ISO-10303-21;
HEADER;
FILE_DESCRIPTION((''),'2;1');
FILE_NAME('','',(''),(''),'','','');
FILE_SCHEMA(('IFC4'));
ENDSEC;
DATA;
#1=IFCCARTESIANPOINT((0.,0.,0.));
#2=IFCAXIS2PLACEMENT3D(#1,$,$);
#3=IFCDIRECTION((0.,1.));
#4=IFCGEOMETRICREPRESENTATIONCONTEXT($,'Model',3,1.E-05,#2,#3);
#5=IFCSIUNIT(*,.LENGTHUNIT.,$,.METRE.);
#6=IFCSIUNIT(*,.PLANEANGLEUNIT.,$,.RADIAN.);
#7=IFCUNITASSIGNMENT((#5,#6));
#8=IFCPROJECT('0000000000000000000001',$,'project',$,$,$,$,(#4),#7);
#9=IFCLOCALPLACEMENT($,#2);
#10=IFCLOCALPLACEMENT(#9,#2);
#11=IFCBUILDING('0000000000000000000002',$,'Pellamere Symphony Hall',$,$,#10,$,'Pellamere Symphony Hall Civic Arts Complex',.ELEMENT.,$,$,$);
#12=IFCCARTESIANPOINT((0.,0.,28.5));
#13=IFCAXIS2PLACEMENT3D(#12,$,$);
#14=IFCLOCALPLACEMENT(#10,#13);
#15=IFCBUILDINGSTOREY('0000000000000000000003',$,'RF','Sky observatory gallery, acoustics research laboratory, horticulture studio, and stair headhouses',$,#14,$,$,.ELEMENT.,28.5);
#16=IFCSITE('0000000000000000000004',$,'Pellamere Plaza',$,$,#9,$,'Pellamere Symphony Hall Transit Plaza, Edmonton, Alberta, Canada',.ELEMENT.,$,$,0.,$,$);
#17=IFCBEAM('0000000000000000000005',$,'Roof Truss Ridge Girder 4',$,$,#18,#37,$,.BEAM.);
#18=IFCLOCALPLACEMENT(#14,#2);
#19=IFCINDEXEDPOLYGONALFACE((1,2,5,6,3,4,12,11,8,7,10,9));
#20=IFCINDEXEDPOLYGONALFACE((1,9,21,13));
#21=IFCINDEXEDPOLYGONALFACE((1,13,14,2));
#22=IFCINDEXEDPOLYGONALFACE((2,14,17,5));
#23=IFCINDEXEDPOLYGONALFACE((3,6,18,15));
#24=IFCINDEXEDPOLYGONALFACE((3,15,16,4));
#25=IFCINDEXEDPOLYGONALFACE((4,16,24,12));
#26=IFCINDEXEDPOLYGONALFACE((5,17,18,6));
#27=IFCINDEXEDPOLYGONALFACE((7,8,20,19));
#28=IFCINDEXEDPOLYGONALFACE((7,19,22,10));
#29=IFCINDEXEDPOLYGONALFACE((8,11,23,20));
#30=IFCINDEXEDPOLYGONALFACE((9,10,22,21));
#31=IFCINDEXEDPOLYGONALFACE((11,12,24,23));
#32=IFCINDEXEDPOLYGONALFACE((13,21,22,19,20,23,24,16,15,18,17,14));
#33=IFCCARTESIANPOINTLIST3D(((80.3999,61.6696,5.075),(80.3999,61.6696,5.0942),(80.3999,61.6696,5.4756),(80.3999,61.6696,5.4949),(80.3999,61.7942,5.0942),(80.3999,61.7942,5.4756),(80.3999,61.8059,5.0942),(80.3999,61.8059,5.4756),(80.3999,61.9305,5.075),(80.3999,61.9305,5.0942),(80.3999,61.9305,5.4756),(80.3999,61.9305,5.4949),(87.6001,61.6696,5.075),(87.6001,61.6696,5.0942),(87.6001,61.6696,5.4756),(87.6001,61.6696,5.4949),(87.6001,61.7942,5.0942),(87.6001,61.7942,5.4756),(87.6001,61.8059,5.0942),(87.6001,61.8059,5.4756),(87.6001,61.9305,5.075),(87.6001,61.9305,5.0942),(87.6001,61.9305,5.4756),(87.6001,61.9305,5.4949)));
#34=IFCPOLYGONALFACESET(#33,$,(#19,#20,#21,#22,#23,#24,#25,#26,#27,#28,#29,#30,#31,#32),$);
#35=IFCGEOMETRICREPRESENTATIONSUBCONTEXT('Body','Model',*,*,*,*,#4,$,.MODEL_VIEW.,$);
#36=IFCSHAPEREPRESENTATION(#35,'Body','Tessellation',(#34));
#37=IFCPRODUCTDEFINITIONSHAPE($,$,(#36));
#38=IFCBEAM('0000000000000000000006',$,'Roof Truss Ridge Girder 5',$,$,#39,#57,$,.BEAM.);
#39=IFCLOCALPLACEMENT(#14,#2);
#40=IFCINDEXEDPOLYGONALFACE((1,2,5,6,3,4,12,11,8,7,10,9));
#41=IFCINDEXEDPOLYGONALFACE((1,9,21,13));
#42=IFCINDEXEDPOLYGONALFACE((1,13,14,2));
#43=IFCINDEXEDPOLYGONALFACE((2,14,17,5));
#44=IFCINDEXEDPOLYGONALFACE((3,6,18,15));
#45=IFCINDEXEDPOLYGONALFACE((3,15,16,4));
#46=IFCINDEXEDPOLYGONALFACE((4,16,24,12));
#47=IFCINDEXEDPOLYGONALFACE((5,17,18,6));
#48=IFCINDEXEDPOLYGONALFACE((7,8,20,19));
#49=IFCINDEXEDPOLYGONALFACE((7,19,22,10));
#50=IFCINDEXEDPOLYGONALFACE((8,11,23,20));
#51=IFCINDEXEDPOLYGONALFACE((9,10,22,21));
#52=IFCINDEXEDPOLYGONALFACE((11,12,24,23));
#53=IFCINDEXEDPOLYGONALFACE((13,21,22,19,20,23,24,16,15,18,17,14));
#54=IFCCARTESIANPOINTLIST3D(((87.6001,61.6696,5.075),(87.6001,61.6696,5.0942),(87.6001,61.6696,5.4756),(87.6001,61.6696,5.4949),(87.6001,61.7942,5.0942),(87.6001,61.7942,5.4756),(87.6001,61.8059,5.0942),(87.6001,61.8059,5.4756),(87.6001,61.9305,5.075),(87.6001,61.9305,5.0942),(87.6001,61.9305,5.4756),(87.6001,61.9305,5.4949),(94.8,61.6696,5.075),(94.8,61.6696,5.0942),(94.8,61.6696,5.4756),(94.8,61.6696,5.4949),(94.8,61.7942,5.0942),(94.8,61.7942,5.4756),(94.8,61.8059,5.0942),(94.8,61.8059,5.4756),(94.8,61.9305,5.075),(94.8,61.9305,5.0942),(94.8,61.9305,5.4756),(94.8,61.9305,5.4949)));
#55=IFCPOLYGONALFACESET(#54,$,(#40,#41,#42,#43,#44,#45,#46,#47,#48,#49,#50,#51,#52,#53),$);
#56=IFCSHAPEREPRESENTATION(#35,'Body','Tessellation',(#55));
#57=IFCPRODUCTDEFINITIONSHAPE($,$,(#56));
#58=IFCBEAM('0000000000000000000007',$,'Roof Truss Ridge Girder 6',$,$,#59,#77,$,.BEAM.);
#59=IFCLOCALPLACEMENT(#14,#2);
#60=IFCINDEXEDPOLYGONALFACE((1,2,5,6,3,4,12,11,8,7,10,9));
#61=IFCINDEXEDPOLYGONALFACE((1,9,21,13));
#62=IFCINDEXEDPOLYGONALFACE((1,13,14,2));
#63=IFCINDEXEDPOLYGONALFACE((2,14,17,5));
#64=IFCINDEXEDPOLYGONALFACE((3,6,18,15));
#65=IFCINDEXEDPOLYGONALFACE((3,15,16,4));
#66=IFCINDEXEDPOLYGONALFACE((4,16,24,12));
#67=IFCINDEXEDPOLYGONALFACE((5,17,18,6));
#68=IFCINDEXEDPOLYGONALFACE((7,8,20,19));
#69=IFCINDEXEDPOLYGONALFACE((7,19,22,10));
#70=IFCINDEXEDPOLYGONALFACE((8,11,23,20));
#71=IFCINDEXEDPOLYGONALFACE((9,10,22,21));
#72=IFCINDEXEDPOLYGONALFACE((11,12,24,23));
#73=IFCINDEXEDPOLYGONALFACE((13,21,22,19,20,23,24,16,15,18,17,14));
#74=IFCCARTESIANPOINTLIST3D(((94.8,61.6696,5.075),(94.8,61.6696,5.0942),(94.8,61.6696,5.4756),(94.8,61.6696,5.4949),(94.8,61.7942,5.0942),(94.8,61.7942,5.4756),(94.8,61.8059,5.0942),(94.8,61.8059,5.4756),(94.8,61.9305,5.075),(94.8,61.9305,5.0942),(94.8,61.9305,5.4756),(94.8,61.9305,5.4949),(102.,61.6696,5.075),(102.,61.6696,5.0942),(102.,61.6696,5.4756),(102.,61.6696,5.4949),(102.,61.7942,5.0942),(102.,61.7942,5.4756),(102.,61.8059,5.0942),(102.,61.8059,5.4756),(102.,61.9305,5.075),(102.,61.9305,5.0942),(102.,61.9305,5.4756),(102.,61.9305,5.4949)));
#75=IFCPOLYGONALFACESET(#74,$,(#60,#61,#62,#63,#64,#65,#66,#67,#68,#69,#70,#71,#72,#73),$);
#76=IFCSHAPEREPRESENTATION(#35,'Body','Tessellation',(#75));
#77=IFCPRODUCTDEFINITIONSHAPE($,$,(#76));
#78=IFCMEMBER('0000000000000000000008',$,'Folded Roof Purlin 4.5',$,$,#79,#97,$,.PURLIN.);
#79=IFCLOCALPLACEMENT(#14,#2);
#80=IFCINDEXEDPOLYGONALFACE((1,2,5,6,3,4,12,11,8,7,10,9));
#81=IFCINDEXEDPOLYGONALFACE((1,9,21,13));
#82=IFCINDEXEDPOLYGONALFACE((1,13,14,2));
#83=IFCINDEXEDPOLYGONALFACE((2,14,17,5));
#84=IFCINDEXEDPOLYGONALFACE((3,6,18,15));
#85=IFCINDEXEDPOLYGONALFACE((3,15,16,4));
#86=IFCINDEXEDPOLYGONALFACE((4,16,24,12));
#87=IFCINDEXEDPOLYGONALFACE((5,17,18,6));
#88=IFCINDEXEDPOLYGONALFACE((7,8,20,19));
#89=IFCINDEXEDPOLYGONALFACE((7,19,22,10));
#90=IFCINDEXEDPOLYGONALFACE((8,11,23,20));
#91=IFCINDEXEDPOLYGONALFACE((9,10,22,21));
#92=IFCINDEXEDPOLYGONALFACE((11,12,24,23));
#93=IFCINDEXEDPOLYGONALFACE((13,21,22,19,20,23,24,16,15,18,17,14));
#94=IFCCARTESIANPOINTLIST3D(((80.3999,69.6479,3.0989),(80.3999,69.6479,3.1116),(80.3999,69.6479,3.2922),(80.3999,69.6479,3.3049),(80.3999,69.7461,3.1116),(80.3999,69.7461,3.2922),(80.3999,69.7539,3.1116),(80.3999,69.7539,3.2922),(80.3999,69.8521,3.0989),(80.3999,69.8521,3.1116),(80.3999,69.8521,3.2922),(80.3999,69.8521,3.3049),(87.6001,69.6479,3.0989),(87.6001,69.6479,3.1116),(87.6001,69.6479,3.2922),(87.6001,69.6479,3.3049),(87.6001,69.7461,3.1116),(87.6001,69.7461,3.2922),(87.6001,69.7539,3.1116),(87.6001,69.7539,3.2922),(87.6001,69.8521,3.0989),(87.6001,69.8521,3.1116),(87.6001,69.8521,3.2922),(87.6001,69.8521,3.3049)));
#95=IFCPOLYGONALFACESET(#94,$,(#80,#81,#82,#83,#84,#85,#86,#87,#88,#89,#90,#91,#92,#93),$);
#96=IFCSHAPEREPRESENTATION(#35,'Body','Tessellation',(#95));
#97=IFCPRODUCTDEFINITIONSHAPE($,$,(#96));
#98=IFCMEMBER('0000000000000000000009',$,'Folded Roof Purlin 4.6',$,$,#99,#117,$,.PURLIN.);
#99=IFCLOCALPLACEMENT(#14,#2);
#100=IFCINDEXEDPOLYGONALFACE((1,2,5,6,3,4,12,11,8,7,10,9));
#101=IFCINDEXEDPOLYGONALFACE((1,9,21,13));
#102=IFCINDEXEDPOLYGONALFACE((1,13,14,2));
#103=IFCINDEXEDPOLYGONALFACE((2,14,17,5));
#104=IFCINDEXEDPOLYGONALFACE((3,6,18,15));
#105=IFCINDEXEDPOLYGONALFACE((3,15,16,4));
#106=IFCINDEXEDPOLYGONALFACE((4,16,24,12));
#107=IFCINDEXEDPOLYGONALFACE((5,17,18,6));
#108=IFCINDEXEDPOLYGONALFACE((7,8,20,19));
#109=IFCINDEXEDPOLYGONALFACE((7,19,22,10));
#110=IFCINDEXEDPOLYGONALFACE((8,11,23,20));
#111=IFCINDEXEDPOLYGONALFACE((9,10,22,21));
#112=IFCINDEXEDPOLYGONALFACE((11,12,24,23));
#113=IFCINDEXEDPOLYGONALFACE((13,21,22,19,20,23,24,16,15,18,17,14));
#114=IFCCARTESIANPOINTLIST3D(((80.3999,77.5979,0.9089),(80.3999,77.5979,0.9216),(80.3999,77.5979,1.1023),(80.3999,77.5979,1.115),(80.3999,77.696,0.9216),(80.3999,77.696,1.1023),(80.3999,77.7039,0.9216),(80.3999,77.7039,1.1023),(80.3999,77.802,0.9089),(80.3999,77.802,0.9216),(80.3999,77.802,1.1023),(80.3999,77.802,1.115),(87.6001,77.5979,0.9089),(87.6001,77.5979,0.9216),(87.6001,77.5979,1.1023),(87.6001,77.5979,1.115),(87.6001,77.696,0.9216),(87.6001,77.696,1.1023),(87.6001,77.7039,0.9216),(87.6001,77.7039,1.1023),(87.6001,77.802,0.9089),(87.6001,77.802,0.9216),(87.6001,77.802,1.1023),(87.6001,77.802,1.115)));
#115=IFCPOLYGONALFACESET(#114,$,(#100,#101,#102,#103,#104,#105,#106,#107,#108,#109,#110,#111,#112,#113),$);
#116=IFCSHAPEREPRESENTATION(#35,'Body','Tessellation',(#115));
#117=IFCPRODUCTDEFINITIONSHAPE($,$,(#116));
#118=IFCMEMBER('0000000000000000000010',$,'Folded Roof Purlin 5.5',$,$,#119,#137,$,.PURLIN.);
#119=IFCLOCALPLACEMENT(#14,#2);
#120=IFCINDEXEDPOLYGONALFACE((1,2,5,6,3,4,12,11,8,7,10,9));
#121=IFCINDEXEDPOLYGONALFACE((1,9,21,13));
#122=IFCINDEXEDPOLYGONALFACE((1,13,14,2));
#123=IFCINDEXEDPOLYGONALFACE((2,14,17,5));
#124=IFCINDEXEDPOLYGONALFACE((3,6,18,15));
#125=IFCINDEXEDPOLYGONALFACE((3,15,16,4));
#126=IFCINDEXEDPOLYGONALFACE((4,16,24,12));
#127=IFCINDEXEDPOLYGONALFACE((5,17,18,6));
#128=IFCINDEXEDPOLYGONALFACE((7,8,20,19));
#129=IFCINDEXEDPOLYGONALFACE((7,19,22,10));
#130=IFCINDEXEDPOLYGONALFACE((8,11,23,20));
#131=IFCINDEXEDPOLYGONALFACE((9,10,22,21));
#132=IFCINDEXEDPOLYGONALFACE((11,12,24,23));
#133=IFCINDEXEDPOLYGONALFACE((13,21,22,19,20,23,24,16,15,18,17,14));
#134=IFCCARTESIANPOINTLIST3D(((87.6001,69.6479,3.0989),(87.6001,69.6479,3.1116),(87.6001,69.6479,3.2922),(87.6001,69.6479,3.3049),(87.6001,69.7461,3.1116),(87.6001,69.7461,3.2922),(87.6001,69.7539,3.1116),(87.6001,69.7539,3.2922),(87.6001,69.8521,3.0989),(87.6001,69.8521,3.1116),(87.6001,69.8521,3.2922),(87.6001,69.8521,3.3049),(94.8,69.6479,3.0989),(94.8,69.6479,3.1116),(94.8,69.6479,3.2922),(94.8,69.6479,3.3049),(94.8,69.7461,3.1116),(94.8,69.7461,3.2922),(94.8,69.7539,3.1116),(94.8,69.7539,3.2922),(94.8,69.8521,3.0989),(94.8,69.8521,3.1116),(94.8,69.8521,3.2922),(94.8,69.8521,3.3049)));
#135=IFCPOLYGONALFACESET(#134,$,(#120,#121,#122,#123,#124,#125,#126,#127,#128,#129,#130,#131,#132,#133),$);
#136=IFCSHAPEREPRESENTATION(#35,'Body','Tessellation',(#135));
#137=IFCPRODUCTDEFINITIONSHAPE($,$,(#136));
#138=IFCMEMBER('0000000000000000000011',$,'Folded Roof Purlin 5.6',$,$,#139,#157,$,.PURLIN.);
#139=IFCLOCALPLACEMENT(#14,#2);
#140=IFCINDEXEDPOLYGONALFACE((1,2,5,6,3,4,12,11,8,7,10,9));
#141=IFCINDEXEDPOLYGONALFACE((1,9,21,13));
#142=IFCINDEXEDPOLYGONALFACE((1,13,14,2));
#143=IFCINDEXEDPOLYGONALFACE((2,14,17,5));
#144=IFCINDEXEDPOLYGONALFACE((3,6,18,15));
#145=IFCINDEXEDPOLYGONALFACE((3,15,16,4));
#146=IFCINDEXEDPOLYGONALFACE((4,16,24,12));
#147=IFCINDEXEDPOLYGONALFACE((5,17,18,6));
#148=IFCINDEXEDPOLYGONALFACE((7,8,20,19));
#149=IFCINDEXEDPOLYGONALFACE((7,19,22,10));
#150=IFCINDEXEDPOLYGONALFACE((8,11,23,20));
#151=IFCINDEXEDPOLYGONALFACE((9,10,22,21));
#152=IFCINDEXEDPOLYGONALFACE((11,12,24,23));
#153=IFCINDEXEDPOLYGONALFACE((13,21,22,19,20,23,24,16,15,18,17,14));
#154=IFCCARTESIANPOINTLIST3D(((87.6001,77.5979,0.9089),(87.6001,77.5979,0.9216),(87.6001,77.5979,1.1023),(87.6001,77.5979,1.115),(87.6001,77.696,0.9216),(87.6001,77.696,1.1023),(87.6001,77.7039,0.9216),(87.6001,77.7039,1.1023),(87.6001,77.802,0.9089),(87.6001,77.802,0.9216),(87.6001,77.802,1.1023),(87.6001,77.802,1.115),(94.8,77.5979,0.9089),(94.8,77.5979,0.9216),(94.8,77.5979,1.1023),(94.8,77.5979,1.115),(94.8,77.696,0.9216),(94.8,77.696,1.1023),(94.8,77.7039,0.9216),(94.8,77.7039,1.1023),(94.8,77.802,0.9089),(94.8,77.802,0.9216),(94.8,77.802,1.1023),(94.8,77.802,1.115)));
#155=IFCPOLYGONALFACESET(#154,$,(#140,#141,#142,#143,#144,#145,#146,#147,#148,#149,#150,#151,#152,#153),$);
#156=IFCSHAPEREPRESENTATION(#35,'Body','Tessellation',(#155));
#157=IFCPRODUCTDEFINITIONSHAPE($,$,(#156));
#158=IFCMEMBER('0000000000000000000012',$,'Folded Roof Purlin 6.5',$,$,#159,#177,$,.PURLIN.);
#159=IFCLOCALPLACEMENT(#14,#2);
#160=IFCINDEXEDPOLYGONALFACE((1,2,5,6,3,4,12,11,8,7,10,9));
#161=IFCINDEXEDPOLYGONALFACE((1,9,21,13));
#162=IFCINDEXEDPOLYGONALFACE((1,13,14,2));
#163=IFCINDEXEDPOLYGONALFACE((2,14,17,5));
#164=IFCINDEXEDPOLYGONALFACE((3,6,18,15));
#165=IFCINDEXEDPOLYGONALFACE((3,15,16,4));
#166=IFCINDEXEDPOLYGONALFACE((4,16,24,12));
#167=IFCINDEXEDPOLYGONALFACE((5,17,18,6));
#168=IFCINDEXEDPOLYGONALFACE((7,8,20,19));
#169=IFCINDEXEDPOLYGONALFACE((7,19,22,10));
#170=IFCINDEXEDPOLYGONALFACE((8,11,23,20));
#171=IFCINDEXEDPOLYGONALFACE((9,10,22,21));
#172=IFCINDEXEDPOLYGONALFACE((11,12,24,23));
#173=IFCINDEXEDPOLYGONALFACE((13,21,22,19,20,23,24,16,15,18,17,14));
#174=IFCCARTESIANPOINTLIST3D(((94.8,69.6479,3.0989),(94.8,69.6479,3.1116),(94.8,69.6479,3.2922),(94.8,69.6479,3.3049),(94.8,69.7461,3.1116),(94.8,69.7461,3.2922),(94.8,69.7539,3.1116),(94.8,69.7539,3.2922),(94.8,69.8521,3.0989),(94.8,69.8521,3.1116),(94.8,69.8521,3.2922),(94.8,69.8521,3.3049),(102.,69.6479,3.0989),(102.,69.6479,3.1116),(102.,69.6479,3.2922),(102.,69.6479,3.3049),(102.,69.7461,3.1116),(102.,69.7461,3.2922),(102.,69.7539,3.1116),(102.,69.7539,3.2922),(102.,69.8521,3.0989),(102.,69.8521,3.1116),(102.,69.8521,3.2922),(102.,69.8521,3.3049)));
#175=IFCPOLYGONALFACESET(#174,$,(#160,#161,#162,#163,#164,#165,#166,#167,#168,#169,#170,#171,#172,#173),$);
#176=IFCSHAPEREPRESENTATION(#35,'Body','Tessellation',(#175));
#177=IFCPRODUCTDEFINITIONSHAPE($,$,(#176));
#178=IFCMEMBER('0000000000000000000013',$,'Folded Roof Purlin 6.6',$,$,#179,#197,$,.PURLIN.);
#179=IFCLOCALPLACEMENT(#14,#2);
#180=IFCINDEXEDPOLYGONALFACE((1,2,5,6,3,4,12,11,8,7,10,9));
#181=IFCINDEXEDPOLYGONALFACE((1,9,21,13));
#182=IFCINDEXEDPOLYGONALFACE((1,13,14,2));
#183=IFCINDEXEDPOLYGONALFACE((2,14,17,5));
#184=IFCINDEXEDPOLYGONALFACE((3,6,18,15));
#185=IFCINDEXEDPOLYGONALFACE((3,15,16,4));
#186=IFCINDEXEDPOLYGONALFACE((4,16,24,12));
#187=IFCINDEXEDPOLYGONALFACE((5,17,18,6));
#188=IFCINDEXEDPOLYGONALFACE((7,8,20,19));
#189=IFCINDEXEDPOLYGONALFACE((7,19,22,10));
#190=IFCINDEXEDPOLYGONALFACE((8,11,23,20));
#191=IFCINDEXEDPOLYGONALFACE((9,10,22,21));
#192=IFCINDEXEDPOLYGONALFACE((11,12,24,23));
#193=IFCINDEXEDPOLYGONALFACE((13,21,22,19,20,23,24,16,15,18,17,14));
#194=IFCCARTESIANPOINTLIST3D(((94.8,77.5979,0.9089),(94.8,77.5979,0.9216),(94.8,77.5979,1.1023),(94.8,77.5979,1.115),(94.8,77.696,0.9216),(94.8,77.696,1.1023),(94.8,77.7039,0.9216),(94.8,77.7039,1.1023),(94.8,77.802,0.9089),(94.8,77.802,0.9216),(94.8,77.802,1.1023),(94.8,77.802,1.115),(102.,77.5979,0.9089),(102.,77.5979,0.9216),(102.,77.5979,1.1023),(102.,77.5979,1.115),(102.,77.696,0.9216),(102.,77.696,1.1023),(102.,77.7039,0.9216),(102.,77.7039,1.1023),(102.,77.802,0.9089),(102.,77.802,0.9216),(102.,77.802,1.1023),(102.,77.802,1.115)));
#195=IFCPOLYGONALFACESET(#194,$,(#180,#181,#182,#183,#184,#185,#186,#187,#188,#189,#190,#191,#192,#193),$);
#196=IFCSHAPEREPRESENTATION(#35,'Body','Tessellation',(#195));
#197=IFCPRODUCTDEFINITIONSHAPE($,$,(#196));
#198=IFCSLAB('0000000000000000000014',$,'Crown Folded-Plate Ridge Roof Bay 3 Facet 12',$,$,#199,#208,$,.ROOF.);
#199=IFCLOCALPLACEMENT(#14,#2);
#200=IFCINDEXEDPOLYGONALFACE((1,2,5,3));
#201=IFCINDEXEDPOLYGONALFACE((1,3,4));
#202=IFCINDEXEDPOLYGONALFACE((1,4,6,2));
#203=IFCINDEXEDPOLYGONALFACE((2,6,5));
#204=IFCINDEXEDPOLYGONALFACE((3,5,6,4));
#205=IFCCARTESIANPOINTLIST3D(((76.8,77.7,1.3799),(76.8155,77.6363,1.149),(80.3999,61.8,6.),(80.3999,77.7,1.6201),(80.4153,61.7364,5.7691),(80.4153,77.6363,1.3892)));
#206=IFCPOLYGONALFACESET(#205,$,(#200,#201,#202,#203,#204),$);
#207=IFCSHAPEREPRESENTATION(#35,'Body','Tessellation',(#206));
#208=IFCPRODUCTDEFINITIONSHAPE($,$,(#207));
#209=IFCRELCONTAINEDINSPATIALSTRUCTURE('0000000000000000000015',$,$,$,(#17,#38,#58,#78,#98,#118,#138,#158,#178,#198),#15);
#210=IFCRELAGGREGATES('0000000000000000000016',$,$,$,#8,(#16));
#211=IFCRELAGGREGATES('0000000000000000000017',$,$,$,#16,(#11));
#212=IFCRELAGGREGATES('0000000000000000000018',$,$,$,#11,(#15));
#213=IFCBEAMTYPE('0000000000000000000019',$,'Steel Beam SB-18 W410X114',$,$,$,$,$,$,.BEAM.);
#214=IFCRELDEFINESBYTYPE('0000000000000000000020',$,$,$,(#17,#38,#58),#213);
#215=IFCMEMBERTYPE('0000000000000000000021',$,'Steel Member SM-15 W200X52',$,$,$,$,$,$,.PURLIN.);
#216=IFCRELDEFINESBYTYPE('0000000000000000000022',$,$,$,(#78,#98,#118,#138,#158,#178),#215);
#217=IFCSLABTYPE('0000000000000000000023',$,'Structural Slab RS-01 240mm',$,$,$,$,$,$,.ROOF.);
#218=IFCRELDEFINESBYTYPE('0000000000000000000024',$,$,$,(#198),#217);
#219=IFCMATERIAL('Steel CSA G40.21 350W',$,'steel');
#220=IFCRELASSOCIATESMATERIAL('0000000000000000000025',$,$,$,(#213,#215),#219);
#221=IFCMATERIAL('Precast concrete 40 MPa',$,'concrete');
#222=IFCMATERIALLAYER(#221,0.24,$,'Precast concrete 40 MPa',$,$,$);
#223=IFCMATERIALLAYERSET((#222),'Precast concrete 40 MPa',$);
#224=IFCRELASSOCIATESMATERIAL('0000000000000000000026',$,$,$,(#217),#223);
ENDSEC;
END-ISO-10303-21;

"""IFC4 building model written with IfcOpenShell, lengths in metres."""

from ifc_helpers import new_model, si_unit, direction, frame, origin, origin_2d, place, context, subcontext, project, spatial, polyline, i_section, outline, extrude, material, layer, layer_set, material_profile, profile_set, type_object, element, save


model = new_model("IFC4")

# Units and contexts
model_context = context("Model", 3, precision=1e-05, world=origin(), true_north=direction((0.0, 1.0)))
body_context = subcontext(model_context, "Body", "Model", "MODEL_VIEW")
ifc_project = project(units=[si_unit("LENGTHUNIT", "METRE"), si_unit("PLANEANGLEUNIT", "RADIAN")], contexts=[model_context])

# Site, building, storey
site_placement = place(None, origin())
site = spatial("IfcSite", under=ifc_project, at=site_placement, Name="Pellamere Plaza", LongName="Pellamere Symphony Hall Transit Plaza, Edmonton, Alberta, Canada", CompositionType="ELEMENT", RefElevation=0.0)
building_placement = place(site_placement, origin())
building = spatial("IfcBuilding", under=site, at=building_placement, Name="Pellamere Symphony Hall", LongName="Pellamere Symphony Hall Civic Arts Complex", CompositionType="ELEMENT")
storey_placement = place(building_placement, frame((0.0, 0.0, 28.5)))
storey = spatial("IfcBuildingStorey", under=building, at=storey_placement, Name="RF", Description="Sky observatory gallery, acoustics research laboratory, horticulture studio, and stair headhouses", CompositionType="ELEMENT", Elevation=28.5)

# Beams
ifc_material_1 = material(Name="Steel CSA G40.21 350W", Category="steel")
ifc_material_profile_1 = material_profile(ifc_material_1, i_section(OverallWidth=0.261, OverallDepth=0.4199, WebThickness=0.0117, FlangeThickness=0.0193, at=origin_2d()), Name="W410X114")
ifc_profile_set_1 = profile_set([ifc_material_profile_1], Name="Steel CSA G40.21 350W")
beam_type = type_object("IfcBeamType", Name="Steel Beam SB-18 W410X114", PredefinedType="BEAM", material=ifc_profile_set_1)
beam_placement = place(storey_placement, frame((80.3999, 61.8, 5.2849), z_axis=(1.0, 0.0, 0.0), x_axis=(0.0, 1.0, 0.0)))
element("IfcBeam", 1, at=beam_placement, inside=storey, type_object=beam_type, Name="Roof Truss Ridge Girder 4", PredefinedType="BEAM", context=body_context, shape_type="SweptSolid", body=[
    extrude(i_section(OverallWidth=0.261, OverallDepth=0.4199, WebThickness=0.0117, FlangeThickness=0.0193, at=origin_2d()), origin(), (0.0, 0.0, 1.0), 7.2002),
])
for number, where, z_axis, x_axis, name in (
    (2, (87.6001, 61.8, 5.2849), (1.0, 0.0, 0.0), (0.0, 1.0, 0.0), "Roof Truss Ridge Girder 5"),
    (3, (94.8, 61.8, 5.2849), (1.0, 0.0, 0.0), (0.0, 1.0, 0.0), "Roof Truss Ridge Girder 6"),
):
    element("IfcBeam", number, at=place(storey_placement, frame(where, z_axis=z_axis, x_axis=x_axis)), inside=storey, type_object=beam_type, Name=name, PredefinedType="BEAM", context=body_context, shape_type="SweptSolid", body=[
        extrude(i_section(OverallWidth=0.261, OverallDepth=0.4199, WebThickness=0.0117, FlangeThickness=0.0193, at=origin_2d()), origin(), (0.0, 0.0, 1.0), 7.2),
    ])

# Members
ifc_material_profile_2 = material_profile(ifc_material_1, i_section(OverallWidth=0.2041, OverallDepth=0.2061, WebThickness=0.0078, FlangeThickness=0.0127, at=origin_2d()), Name="W200X52")
ifc_profile_set_2 = profile_set([ifc_material_profile_2], Name="Steel CSA G40.21 350W")
member_type = type_object("IfcMemberType", Name="Steel Member SM-15 W200X52", PredefinedType="PURLIN", material=ifc_profile_set_2)
for number, where, z_axis, x_axis, name in (
    (4, (80.3999, 69.75, 3.2019), (1.0, 0.0, 0.0), (0.0, 1.0, 0.0), "Folded Roof Purlin 4.5"),
    (5, (80.3999, 77.7, 1.012), (1.0, 0.0, 0.0), (0.0, 1.0, 0.0), "Folded Roof Purlin 4.6"),
):
    element("IfcMember", number, at=place(storey_placement, frame(where, z_axis=z_axis, x_axis=x_axis)), inside=storey, type_object=member_type, Name=name, PredefinedType="PURLIN", context=body_context, shape_type="SweptSolid", body=[
        extrude(i_section(OverallWidth=0.2041, OverallDepth=0.2061, WebThickness=0.0078, FlangeThickness=0.0127, at=origin_2d()), origin(), (0.0, 0.0, 1.0), 7.2002),
    ])
for number, where, z_axis, x_axis, name in (
    (6, (87.6001, 69.75, 3.2019), (1.0, 0.0, 0.0), (0.0, 1.0, 0.0), "Folded Roof Purlin 5.5"),
    (7, (87.6001, 77.7, 1.012), (1.0, 0.0, 0.0), (0.0, 1.0, 0.0), "Folded Roof Purlin 5.6"),
    (8, (94.8, 69.75, 3.2019), (1.0, 0.0, 0.0), (0.0, 1.0, 0.0), "Folded Roof Purlin 6.5"),
    (9, (94.8, 77.7, 1.012), (1.0, 0.0, 0.0), (0.0, 1.0, 0.0), "Folded Roof Purlin 6.6"),
):
    element("IfcMember", number, at=place(storey_placement, frame(where, z_axis=z_axis, x_axis=x_axis)), inside=storey, type_object=member_type, Name=name, PredefinedType="PURLIN", context=body_context, shape_type="SweptSolid", body=[
        extrude(i_section(OverallWidth=0.2041, OverallDepth=0.2061, WebThickness=0.0078, FlangeThickness=0.0127, at=origin_2d()), origin(), (0.0, 0.0, 1.0), 7.2),
    ])

# Slab
ifc_material_2 = material(Name="Precast concrete 40 MPa", Category="concrete")
ifc_layer_1 = layer(ifc_material_2, 0.24, Name="Precast concrete 40 MPa")
ifc_layer_set_1 = layer_set([ifc_layer_1], Name="Precast concrete 40 MPa")
slab_type = type_object("IfcSlabType", Name="Structural Slab RS-01 240mm", PredefinedType="ROOF", material=ifc_layer_set_1)
slab_1_placement = place(storey_placement, frame((80.3999, 61.8, 6.0), z_axis=(-0.064205, 0.265026, 0.962101), x_axis=(0.0, 0.96409, -0.265574)))
element("IfcSlab", 10, at=slab_1_placement, inside=storey, type_object=slab_type, Name="Crown Folded-Plate Ridge Roof Bay 3 Facet 12", PredefinedType="ROOF", context=body_context, shape_type="SweptSolid", body=[
    extrude(outline(polyline([(0.0, 0.0), (16.4921, 0.0), (16.5559, 3.6073), (0.0, 0.0)])), origin(), (0.0, 0.0, -1.0), 0.24),
])

save(model, "model.ifc")
